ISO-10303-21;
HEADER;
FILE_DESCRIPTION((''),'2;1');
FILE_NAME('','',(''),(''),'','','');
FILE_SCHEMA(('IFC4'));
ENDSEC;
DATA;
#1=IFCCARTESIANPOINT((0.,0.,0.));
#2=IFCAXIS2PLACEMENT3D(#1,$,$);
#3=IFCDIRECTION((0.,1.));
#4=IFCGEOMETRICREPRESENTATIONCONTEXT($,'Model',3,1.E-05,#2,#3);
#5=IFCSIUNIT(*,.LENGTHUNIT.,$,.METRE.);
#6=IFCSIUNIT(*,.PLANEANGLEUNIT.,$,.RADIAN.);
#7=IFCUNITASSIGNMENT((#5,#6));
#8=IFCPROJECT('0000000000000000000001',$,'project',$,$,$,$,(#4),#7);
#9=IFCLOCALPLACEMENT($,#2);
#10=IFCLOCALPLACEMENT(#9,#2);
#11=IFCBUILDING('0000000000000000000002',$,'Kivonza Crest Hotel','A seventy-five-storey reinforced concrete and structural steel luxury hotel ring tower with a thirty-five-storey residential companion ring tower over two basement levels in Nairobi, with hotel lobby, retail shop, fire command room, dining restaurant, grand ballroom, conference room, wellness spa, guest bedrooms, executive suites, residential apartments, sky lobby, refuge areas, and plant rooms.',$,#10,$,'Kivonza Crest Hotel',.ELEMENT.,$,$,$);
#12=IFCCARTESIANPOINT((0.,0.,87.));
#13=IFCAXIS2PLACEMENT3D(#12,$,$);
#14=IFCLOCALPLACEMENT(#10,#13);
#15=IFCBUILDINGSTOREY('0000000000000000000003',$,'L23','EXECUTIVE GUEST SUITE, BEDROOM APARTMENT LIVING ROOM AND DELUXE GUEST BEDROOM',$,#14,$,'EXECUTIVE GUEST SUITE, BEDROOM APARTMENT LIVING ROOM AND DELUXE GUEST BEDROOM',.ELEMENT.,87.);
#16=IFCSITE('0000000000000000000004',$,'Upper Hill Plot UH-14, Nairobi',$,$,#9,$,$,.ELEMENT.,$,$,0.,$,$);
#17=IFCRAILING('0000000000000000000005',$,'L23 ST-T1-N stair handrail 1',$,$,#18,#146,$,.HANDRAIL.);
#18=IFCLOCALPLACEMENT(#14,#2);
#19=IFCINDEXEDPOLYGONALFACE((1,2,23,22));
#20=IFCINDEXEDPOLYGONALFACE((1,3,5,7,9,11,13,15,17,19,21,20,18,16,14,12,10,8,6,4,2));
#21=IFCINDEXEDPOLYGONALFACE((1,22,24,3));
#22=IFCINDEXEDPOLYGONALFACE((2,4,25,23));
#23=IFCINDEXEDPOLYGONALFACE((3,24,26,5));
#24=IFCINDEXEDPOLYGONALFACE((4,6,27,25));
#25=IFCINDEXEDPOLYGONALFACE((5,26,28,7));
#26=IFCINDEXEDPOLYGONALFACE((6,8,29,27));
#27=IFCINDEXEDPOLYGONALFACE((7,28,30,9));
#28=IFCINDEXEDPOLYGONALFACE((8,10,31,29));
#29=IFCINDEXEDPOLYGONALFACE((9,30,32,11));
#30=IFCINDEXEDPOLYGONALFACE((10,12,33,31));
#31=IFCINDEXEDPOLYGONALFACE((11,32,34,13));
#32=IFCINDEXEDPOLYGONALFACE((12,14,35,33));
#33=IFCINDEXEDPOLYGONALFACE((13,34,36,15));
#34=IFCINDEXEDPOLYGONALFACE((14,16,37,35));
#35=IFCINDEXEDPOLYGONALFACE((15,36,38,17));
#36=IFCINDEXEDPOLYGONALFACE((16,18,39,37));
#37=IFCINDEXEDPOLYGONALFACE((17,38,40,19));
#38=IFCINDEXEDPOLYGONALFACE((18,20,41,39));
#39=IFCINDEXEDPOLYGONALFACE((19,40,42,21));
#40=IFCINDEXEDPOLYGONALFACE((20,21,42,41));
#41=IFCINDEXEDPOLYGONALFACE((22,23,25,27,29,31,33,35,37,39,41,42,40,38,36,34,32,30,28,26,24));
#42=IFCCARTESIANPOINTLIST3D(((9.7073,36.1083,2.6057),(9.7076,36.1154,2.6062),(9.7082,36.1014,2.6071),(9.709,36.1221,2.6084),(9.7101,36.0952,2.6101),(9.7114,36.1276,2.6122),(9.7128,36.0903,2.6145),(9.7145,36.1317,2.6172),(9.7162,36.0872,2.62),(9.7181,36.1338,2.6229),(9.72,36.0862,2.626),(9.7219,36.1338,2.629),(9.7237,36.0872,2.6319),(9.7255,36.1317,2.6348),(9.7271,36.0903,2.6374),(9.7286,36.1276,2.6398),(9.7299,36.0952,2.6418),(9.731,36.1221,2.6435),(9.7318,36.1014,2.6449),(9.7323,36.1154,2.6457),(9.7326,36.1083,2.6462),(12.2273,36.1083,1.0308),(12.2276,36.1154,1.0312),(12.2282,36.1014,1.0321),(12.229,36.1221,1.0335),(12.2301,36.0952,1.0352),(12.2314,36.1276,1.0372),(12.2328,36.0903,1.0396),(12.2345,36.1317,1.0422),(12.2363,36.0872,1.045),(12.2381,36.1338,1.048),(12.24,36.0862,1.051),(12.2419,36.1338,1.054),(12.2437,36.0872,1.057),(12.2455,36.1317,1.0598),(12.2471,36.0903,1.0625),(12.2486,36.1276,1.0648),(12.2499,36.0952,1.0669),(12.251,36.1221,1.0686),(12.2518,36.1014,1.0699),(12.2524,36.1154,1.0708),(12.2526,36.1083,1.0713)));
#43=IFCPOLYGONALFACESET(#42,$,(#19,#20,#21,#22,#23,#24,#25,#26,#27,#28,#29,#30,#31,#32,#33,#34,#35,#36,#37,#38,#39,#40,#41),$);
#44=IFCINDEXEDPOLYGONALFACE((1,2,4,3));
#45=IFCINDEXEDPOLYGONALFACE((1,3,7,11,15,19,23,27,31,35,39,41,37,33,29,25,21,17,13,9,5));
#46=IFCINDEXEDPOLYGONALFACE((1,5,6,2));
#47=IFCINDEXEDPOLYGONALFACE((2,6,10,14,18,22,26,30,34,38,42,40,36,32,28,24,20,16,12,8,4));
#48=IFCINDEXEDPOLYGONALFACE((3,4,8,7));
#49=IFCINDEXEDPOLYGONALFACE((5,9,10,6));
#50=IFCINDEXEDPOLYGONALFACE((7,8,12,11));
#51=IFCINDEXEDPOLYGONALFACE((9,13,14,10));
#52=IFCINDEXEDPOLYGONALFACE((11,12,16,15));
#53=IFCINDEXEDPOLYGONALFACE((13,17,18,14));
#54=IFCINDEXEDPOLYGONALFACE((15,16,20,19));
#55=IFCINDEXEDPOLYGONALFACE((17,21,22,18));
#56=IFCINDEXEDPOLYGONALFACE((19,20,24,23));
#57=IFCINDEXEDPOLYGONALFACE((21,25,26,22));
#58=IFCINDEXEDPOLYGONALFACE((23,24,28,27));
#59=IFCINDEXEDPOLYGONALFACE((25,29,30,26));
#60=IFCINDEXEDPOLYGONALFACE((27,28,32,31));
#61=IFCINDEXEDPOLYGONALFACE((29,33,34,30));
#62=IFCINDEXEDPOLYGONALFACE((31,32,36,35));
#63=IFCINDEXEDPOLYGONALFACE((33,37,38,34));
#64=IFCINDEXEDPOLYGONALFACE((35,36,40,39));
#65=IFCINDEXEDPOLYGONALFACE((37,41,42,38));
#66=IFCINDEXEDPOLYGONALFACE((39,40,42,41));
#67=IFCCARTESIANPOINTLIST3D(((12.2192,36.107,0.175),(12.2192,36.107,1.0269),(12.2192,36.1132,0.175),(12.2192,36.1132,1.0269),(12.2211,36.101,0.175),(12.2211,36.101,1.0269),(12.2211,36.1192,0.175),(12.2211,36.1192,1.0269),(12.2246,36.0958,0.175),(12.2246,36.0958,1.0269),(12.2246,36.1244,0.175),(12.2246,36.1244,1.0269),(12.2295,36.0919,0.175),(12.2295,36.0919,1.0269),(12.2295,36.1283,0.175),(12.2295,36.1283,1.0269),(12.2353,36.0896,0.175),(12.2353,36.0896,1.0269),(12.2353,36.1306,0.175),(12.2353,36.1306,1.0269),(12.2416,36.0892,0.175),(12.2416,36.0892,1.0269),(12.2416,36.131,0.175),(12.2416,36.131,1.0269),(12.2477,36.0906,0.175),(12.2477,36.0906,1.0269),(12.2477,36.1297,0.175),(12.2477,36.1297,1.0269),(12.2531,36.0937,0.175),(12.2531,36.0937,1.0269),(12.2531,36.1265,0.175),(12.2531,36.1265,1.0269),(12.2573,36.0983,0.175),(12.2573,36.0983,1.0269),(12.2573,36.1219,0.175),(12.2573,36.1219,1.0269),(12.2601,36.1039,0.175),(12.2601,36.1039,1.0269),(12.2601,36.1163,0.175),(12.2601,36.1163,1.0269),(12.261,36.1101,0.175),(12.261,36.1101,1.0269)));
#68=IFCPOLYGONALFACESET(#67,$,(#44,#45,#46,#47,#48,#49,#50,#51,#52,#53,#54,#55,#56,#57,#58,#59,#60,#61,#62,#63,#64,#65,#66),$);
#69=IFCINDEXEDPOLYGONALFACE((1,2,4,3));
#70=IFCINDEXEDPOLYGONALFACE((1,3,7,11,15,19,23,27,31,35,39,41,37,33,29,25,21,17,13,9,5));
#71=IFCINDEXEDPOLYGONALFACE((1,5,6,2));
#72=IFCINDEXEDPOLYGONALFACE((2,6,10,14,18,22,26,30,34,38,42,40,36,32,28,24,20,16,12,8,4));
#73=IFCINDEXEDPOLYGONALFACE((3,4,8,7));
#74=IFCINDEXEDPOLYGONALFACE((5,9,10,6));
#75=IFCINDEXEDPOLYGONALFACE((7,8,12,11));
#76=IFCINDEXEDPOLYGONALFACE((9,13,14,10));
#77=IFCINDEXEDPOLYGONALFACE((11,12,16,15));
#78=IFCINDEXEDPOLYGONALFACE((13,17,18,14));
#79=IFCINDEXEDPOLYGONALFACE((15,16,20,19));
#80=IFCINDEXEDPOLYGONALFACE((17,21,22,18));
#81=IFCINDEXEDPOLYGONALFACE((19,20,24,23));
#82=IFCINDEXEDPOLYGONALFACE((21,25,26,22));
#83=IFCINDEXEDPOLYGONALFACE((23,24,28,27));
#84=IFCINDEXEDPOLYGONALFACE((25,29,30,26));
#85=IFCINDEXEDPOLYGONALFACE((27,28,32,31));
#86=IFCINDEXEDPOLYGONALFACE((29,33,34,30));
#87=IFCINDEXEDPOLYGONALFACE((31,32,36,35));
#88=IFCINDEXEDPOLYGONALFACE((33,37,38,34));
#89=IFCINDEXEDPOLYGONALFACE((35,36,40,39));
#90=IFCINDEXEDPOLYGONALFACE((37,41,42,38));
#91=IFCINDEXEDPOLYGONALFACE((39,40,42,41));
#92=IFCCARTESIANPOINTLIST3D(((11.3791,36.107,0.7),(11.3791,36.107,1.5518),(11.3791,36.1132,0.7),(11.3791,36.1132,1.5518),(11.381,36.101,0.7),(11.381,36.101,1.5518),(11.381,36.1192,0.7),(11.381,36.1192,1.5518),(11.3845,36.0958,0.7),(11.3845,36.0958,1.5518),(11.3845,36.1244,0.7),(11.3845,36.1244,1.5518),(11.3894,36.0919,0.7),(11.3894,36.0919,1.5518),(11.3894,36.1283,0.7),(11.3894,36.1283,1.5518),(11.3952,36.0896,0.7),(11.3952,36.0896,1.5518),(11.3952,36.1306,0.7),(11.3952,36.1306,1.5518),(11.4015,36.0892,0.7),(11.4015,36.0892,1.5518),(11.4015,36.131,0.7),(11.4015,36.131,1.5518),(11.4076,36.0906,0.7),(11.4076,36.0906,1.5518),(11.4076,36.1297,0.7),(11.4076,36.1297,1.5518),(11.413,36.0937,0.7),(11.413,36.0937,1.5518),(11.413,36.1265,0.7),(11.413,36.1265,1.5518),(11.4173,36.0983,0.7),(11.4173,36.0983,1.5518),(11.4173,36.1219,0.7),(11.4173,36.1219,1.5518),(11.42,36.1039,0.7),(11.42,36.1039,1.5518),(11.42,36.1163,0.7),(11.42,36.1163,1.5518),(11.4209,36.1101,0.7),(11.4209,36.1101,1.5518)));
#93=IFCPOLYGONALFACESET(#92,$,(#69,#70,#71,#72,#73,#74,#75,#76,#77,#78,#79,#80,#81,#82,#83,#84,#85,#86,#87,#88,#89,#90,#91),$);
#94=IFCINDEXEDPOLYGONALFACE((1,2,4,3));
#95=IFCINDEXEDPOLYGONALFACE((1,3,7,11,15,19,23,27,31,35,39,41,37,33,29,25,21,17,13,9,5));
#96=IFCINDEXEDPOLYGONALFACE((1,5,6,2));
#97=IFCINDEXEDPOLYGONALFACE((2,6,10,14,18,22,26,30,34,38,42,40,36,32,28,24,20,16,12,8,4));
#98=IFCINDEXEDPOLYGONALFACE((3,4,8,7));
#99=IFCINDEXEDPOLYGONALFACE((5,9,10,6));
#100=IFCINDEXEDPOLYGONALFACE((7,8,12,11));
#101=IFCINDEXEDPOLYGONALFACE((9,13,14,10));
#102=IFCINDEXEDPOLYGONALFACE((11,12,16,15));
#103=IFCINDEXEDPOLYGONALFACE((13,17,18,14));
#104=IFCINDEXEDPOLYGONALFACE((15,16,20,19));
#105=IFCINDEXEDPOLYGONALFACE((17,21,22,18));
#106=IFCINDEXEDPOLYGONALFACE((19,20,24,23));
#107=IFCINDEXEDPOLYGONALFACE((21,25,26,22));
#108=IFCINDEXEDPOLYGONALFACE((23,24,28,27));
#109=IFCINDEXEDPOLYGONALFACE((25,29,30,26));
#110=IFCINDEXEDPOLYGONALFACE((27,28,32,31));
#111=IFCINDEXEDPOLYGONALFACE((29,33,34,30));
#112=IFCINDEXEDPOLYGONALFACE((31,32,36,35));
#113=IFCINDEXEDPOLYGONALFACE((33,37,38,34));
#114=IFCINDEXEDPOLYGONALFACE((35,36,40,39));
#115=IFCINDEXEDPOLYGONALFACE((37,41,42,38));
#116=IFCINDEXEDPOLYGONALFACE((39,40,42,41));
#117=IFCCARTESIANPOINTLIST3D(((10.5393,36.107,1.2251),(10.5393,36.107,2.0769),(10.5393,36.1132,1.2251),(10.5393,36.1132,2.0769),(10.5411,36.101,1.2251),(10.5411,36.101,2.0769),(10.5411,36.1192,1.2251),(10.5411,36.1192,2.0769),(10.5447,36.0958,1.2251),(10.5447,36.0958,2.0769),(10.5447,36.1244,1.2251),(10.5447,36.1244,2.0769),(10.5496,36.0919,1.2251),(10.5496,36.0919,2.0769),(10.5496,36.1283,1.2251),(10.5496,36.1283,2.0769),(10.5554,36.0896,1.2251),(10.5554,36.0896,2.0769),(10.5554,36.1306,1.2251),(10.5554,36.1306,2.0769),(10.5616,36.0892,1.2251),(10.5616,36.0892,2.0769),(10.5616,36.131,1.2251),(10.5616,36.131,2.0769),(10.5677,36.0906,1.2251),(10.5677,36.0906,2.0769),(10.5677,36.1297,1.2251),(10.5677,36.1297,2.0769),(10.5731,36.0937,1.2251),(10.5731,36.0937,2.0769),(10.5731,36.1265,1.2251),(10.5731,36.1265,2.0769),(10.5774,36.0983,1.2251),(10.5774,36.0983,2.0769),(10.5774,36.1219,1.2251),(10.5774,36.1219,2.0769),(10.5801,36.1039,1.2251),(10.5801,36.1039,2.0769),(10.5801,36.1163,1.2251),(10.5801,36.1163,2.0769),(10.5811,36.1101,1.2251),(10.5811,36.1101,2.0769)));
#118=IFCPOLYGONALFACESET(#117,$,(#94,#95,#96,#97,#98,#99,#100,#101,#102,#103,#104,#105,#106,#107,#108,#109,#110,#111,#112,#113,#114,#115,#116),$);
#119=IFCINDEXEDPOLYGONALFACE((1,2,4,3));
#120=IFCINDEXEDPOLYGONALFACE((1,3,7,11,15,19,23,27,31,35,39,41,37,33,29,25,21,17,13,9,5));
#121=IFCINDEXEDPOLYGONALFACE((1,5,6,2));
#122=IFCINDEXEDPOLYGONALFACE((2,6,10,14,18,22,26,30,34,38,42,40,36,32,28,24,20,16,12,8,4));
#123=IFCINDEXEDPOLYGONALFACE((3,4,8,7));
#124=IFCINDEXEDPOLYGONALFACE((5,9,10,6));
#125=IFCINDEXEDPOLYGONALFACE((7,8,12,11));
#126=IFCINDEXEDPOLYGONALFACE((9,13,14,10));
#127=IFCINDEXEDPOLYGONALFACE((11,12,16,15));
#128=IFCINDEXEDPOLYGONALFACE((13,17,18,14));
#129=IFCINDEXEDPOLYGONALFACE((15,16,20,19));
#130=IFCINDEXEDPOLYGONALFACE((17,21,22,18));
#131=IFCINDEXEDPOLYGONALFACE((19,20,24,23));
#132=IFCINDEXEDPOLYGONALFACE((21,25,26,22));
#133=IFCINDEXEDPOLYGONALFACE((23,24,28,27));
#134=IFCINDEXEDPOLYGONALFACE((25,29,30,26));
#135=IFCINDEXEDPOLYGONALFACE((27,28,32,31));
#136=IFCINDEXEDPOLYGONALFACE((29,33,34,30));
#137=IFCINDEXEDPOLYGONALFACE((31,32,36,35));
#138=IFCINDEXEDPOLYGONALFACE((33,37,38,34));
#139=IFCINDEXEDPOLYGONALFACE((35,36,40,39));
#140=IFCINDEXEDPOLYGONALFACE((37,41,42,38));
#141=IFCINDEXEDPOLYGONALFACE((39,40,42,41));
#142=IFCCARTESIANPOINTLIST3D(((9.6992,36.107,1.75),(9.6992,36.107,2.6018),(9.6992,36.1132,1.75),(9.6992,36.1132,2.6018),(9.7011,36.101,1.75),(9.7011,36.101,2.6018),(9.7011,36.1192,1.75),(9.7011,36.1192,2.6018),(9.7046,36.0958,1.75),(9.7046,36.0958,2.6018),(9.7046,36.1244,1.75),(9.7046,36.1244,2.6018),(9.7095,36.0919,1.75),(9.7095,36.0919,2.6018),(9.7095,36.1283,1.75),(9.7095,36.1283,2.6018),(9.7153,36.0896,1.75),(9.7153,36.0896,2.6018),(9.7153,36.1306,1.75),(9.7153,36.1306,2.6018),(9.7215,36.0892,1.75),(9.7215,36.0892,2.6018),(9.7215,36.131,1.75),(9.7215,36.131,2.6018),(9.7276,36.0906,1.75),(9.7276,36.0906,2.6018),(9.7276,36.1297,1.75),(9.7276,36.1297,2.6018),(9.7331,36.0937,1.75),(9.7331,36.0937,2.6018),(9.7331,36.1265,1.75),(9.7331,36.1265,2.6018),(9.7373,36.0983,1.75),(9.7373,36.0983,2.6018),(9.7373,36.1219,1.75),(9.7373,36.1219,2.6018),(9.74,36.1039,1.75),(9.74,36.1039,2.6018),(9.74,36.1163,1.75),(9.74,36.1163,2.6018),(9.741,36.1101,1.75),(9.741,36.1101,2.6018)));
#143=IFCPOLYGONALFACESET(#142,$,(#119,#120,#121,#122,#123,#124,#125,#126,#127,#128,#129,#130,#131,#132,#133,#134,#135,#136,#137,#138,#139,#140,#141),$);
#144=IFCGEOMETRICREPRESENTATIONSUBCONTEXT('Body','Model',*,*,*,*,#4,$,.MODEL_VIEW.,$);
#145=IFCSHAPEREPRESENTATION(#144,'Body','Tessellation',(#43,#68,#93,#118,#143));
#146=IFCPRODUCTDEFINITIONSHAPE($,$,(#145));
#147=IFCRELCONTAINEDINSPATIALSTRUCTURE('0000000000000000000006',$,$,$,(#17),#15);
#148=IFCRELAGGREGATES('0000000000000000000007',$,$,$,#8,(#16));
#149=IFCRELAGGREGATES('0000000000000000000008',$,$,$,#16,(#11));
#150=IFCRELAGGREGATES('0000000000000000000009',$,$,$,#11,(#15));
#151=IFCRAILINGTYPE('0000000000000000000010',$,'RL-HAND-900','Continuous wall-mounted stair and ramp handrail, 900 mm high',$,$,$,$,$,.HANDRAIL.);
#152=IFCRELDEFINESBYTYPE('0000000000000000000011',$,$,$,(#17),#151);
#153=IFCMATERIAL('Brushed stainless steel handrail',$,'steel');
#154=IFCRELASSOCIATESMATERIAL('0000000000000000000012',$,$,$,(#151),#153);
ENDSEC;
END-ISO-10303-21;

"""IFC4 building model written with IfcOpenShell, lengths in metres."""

from ifc_helpers import new_model, si_unit, direction, frame, origin, origin_2d, place, context, subcontext, project, spatial, circle, extrude, material, type_object, element, save


model = new_model("IFC4")

# Units and contexts
model_context = context("Model", 3, precision=1e-05, world=origin(), true_north=direction((0.0, 1.0)))
body_context = subcontext(model_context, "Body", "Model", "MODEL_VIEW")
ifc_project = project(units=[si_unit("LENGTHUNIT", "METRE"), si_unit("PLANEANGLEUNIT", "RADIAN")], contexts=[model_context])

# Site, building, storey
site_placement = place(None, origin())
site = spatial("IfcSite", under=ifc_project, at=site_placement, Name="Upper Hill Plot UH-14, Nairobi", CompositionType="ELEMENT", RefElevation=0.0)
building_placement = place(site_placement, origin())
building = spatial("IfcBuilding", under=site, at=building_placement, Name="Kivonza Crest Hotel", Description="A seventy-five-storey reinforced concrete and structural steel luxury hotel ring tower with a thirty-five-storey residential companion ring tower over two basement levels in Nairobi, with hotel lobby, retail shop, fire command room, dining restaurant, grand ballroom, conference room, wellness spa, guest bedrooms, executive suites, residential apartments, sky lobby, refuge areas, and plant rooms.", LongName="Kivonza Crest Hotel", CompositionType="ELEMENT")
storey_placement = place(building_placement, frame((0.0, 0.0, 87.0)))
storey = spatial("IfcBuildingStorey", under=building, at=storey_placement, Name="L23", Description="EXECUTIVE GUEST SUITE, BEDROOM APARTMENT LIVING ROOM AND DELUXE GUEST BEDROOM", LongName="EXECUTIVE GUEST SUITE, BEDROOM APARTMENT LIVING ROOM AND DELUXE GUEST BEDROOM", CompositionType="ELEMENT", Elevation=87.0)

# Railing
ifc_material_1 = material(Name="Brushed stainless steel handrail", Category="steel")
railing_type_1 = type_object("IfcRailingType", Name="RL-HAND-900", Description="Continuous wall-mounted stair and ramp handrail, 900 mm high", PredefinedType="HANDRAIL", material=ifc_material_1)
railing_1_placement = place(storey_placement, frame((12.24, 36.1101, 0.175)))
element("IfcRailing", 1, at=railing_1_placement, inside=storey, type_object=railing_type_1, Name="L23 ST-T1-N stair handrail 1", PredefinedType="HANDRAIL", context=body_context, shape_type="SweptSolid", body=[
    extrude(circle(Radius=0.0239, at=origin_2d()), frame((0.0, 0.0, 0.876), z_axis=(-0.848008, 0.0, 0.529984), x_axis=(0.0, -1.0, 0.0)), (0.0, 0.0, 1.0), 2.9717),
    extrude(circle(Radius=0.021, at=origin_2d()), origin(), (0.0, 0.0, 1.0), 0.8518),
    extrude(circle(Radius=0.021, at=origin_2d()), frame((-0.8401, 0.0, 0.5249)), (0.0, 0.0, 1.0), 0.8518),
    extrude(circle(Radius=0.021, at=origin_2d()), frame((-1.6799, 0.0, 1.05)), (0.0, 0.0, 1.0), 0.8518),
    extrude(circle(Radius=0.021, at=origin_2d()), frame((-2.52, 0.0, 1.575)), (0.0, 0.0, 1.0), 0.8518),
])

save(model, "model.ifc")
